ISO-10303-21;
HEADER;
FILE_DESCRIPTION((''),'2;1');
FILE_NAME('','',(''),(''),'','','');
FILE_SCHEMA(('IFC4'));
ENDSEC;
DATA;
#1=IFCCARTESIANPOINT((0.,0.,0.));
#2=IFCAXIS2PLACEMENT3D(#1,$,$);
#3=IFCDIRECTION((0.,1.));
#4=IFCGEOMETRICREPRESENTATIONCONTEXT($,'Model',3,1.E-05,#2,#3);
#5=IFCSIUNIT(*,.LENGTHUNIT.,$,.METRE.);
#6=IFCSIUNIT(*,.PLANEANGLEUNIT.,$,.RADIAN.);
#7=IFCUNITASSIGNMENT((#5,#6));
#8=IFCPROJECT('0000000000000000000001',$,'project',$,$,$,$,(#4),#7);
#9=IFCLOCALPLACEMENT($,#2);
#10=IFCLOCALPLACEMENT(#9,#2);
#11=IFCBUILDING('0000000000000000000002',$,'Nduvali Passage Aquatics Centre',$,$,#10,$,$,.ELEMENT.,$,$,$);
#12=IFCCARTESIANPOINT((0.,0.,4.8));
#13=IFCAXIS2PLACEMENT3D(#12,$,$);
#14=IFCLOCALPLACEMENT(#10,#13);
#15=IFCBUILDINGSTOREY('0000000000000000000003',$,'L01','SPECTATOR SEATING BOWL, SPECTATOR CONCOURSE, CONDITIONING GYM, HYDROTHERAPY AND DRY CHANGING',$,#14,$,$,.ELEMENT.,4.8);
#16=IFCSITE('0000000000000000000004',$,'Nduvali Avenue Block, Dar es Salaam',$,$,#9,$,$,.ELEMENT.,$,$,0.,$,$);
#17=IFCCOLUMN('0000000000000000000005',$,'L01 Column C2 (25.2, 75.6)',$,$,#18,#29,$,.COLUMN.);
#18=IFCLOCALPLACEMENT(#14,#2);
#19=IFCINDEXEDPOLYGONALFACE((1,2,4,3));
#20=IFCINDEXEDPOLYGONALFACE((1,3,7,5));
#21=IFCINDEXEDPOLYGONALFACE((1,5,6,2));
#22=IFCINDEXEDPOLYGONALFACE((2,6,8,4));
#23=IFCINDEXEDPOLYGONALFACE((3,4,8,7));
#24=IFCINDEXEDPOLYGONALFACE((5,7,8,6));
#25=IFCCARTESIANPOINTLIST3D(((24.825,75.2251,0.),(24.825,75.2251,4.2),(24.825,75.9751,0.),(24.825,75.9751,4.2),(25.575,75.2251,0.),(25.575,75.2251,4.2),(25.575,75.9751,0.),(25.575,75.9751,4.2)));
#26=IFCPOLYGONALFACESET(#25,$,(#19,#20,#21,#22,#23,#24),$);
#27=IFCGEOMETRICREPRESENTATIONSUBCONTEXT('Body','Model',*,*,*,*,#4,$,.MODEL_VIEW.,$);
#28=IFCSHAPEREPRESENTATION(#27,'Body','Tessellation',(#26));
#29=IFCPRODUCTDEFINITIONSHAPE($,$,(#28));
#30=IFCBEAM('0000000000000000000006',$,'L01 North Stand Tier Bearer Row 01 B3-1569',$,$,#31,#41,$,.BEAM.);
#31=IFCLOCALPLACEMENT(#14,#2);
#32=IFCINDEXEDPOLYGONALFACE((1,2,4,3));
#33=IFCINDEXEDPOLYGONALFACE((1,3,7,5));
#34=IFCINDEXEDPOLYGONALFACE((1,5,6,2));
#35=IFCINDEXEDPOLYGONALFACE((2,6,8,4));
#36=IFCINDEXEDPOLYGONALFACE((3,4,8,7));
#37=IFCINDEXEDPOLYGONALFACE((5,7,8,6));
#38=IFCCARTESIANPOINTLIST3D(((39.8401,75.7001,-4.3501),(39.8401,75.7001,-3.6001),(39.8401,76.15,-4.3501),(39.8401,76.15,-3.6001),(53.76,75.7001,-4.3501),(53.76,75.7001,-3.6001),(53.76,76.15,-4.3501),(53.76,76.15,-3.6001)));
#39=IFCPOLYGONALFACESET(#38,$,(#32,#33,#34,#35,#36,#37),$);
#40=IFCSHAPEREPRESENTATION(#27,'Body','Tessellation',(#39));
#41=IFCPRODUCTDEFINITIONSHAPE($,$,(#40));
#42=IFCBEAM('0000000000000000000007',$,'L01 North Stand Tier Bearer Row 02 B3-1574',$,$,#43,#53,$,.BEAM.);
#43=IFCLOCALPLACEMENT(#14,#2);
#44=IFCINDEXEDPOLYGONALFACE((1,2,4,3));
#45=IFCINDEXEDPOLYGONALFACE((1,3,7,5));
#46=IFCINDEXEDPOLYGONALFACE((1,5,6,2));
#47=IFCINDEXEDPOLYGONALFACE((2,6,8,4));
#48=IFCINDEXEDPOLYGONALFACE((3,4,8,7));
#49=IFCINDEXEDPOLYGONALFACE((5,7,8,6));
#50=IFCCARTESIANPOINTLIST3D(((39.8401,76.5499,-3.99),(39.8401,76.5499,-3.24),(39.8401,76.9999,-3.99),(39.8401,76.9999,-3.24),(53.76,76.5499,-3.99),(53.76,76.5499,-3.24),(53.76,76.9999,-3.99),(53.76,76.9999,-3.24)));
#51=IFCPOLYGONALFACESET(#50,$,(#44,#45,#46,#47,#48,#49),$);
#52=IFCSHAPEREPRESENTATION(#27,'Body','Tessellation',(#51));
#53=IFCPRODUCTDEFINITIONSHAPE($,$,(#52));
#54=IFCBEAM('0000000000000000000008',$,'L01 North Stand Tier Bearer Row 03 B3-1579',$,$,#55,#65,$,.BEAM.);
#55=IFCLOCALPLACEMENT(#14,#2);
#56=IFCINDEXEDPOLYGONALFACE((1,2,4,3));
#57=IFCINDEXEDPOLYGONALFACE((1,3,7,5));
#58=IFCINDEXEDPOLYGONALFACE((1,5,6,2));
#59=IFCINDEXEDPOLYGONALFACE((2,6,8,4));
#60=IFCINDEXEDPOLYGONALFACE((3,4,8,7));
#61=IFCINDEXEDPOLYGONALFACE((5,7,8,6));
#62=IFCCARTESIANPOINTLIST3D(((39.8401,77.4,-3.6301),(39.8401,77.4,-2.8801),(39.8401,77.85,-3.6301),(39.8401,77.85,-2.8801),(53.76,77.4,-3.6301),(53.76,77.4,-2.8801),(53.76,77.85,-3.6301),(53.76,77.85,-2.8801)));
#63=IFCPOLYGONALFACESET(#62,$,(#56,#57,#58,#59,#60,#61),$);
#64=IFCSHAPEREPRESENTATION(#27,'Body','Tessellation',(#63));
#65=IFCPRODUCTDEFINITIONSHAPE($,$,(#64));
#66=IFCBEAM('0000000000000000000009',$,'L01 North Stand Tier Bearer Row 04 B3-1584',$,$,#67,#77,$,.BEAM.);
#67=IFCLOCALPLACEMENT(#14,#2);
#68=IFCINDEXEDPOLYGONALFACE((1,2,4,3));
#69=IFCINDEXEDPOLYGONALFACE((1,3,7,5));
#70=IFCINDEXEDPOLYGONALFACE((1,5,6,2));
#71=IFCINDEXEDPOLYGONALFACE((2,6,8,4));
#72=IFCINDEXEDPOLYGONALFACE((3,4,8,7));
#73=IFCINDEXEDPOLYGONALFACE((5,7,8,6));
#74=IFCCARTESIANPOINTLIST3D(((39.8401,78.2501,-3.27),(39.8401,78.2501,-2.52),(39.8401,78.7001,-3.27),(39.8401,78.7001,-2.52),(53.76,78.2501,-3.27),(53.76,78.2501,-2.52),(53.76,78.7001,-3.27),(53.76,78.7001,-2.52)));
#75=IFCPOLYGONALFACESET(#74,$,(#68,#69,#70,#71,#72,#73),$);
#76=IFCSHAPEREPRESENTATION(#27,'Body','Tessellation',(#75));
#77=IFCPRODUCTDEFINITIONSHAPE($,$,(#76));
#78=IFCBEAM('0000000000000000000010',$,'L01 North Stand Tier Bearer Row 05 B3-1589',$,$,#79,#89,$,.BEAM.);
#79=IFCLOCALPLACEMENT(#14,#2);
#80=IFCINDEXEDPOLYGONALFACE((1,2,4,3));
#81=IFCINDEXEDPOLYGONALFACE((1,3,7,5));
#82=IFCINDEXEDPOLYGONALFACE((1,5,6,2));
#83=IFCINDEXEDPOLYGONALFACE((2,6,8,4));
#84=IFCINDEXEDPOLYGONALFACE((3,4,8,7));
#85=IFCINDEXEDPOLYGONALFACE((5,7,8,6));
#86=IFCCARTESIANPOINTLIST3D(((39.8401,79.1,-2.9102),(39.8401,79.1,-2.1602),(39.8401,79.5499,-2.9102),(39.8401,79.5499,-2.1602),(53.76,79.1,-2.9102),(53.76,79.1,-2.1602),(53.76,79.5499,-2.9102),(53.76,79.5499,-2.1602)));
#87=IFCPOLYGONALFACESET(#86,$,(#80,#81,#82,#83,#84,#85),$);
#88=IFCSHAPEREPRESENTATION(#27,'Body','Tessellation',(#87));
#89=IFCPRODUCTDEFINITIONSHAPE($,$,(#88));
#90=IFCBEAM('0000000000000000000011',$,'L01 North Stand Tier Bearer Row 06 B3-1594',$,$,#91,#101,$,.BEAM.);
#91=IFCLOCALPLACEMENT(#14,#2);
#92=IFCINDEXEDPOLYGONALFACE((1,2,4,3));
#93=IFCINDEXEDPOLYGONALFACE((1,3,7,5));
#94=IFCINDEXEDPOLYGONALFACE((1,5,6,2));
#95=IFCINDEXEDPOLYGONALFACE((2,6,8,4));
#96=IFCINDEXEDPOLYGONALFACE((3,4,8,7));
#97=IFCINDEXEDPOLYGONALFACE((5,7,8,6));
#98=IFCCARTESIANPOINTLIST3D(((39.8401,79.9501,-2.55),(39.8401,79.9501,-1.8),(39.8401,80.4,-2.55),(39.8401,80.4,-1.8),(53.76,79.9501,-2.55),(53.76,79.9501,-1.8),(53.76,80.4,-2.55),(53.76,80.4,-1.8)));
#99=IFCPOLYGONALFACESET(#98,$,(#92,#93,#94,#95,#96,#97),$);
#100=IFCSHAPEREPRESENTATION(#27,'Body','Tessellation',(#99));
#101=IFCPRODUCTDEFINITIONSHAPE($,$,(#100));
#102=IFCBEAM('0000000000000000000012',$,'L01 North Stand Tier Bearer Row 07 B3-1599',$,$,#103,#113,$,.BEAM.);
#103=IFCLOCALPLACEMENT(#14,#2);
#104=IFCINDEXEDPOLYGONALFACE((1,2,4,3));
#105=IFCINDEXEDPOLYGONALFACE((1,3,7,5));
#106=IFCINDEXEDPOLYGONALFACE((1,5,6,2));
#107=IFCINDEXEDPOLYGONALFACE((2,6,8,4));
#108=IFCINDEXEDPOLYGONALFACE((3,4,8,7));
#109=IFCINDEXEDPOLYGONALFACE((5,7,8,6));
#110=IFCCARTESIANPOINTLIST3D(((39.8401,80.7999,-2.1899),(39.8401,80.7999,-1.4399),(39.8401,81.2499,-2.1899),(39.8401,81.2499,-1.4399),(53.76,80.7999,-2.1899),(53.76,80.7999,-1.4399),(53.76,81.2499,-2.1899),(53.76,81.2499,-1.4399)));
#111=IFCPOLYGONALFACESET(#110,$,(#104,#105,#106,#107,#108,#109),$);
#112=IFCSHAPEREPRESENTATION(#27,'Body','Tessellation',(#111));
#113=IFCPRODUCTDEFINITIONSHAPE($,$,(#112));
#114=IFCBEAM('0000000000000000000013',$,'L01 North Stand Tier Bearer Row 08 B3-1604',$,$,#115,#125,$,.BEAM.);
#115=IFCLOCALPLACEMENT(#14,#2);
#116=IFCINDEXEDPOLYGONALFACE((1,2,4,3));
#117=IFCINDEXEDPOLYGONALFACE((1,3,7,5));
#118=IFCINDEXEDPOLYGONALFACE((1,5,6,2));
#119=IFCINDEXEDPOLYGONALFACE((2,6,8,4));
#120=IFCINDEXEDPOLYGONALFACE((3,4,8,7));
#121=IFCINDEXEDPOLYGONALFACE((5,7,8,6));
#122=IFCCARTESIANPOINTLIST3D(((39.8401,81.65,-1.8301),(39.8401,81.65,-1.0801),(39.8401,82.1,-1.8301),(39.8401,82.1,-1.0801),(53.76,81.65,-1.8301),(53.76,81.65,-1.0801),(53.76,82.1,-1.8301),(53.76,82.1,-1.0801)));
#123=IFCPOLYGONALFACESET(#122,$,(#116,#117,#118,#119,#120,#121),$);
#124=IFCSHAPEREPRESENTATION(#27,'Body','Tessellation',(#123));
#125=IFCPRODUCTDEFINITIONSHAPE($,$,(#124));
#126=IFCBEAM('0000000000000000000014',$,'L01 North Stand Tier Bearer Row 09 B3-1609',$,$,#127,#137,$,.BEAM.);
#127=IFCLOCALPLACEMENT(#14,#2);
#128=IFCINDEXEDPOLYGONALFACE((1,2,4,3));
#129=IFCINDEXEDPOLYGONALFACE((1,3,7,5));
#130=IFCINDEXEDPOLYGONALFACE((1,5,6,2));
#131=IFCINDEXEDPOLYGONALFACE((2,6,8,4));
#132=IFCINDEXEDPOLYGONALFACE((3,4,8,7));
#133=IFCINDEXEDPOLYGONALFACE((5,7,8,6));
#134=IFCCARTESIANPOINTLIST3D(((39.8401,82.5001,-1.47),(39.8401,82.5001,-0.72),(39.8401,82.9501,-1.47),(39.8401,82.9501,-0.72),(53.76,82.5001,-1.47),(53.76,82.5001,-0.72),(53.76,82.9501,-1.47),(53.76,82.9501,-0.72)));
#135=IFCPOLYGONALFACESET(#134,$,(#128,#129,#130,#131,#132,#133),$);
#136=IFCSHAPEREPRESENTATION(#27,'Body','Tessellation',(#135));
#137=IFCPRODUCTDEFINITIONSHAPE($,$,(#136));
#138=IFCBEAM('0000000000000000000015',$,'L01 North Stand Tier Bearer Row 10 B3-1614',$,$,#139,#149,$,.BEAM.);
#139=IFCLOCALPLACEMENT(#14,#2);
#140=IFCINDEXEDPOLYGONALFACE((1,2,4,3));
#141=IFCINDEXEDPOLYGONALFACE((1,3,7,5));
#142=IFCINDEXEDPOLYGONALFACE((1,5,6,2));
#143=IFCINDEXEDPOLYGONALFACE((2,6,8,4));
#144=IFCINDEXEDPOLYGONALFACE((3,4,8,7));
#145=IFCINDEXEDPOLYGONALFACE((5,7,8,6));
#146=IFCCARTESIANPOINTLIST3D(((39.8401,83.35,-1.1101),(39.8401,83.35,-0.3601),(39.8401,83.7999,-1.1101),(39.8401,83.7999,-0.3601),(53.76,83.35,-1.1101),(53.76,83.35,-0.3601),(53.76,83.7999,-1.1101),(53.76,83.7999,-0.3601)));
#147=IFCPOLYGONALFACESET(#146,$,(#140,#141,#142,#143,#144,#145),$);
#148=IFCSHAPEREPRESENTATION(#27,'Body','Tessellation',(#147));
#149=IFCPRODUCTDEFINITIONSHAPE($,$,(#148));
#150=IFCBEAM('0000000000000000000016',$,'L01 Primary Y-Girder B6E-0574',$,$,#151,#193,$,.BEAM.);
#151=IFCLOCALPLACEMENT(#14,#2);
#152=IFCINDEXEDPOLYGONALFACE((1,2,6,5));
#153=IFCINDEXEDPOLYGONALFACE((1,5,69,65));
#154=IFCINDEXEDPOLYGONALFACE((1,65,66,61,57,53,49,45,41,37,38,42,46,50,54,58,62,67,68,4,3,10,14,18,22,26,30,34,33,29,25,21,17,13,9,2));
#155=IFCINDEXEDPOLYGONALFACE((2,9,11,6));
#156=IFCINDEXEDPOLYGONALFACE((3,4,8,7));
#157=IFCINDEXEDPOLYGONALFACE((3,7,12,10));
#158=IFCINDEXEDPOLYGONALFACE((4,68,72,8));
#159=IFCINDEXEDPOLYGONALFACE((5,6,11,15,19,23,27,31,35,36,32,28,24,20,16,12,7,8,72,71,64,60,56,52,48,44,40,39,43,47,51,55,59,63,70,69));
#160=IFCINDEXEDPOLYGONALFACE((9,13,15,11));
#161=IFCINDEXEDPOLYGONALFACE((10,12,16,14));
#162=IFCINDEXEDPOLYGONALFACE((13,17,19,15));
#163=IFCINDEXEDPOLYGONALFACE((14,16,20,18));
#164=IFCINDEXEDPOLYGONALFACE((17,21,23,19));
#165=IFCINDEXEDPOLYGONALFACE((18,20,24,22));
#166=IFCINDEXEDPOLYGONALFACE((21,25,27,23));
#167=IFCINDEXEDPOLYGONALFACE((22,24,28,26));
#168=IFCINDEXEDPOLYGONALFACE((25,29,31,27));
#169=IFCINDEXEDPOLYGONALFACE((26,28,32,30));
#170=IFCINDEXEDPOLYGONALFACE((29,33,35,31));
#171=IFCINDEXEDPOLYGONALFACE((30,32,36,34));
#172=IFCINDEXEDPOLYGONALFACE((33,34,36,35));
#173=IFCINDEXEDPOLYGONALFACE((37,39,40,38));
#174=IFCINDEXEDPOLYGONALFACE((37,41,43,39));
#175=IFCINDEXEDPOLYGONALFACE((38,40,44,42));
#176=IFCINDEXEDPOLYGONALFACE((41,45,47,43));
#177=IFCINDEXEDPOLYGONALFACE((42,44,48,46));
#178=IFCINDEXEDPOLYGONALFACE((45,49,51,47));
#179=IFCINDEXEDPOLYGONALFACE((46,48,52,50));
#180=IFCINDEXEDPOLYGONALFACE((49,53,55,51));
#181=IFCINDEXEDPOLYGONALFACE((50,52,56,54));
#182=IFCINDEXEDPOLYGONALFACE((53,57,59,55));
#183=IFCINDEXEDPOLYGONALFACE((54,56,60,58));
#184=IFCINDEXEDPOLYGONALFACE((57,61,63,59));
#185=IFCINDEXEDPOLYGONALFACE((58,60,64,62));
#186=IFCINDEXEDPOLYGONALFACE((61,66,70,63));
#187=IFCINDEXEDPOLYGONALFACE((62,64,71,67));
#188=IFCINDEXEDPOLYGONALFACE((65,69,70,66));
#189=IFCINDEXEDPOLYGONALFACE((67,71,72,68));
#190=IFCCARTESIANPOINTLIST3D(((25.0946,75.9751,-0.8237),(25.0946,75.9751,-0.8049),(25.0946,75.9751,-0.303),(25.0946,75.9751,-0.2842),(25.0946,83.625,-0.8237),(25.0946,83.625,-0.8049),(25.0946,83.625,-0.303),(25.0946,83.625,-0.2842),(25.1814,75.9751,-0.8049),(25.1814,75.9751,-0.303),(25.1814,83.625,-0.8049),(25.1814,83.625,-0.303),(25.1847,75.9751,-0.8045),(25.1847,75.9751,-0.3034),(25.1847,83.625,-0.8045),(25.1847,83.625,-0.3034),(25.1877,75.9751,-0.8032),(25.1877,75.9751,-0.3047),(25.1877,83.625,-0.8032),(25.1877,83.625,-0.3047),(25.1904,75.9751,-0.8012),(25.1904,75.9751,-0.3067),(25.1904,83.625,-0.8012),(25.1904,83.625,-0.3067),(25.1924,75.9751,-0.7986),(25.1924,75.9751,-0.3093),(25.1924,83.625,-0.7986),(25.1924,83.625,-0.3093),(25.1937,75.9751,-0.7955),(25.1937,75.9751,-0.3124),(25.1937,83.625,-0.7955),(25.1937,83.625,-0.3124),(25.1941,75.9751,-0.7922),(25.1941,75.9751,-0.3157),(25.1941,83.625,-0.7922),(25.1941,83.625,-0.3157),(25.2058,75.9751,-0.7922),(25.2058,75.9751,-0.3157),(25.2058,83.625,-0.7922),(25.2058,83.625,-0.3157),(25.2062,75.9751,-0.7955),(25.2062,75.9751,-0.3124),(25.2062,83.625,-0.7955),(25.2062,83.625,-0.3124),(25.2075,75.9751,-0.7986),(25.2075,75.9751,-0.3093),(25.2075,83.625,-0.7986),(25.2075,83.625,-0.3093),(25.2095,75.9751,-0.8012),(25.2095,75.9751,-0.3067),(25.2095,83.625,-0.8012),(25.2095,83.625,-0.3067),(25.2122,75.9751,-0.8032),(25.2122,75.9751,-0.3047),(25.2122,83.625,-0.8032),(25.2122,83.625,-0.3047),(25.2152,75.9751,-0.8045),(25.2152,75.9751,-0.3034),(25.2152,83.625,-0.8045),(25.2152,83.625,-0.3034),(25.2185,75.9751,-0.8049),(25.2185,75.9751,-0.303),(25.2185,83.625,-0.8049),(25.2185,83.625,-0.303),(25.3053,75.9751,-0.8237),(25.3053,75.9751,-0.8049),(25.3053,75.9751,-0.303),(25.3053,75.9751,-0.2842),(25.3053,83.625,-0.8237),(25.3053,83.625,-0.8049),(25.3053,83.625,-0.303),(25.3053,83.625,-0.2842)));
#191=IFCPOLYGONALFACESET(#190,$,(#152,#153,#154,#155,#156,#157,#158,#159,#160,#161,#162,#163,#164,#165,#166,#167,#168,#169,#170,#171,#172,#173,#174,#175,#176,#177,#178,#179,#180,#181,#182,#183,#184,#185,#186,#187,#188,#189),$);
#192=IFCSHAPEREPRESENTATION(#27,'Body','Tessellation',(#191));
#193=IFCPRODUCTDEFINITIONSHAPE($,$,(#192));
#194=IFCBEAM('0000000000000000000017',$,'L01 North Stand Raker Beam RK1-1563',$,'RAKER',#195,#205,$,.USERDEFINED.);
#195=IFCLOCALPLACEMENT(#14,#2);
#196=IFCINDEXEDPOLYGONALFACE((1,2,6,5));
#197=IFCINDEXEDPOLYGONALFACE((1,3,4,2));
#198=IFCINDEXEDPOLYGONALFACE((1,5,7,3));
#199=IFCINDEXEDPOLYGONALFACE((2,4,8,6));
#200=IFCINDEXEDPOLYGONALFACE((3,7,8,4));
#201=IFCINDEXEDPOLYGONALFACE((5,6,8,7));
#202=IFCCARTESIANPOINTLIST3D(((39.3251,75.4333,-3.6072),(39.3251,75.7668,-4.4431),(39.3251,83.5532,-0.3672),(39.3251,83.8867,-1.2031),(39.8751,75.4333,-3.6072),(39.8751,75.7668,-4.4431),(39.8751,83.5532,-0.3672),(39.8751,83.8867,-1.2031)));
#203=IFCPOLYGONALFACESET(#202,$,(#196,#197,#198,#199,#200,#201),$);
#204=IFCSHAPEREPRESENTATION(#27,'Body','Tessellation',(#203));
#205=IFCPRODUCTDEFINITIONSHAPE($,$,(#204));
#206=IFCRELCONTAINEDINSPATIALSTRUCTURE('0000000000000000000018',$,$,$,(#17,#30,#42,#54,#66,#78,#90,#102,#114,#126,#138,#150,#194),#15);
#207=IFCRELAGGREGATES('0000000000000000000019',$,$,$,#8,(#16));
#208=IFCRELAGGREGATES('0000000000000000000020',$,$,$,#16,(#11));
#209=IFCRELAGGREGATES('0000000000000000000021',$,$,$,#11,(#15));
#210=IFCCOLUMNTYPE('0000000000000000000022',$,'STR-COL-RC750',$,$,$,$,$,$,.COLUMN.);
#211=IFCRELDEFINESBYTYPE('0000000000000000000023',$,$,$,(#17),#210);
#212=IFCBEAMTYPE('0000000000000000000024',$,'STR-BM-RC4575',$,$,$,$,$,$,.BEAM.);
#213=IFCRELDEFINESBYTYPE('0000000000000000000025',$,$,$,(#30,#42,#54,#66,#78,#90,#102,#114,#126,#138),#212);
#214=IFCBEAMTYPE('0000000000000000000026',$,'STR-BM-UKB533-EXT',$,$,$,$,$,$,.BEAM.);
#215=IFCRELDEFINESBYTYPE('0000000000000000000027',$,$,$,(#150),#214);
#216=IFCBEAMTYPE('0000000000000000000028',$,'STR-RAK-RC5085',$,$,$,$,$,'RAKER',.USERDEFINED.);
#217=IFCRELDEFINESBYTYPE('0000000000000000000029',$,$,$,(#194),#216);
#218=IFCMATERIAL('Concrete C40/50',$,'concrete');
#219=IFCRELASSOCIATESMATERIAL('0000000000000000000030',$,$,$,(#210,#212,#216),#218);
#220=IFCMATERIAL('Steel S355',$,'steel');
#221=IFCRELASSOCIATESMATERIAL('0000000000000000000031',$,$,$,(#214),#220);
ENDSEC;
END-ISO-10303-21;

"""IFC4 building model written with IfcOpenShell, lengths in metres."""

from ifc_helpers import new_model, si_unit, direction, frame, origin, origin_2d, place, context, subcontext, project, spatial, rectangle, i_section, extrude, material, material_profile, profile_set, type_object, element, save


model = new_model("IFC4")

# Units and contexts
model_context = context("Model", 3, precision=1e-05, world=origin(), true_north=direction((0.0, 1.0)))
body_context = subcontext(model_context, "Body", "Model", "MODEL_VIEW")
ifc_project = project(units=[si_unit("LENGTHUNIT", "METRE"), si_unit("PLANEANGLEUNIT", "RADIAN")], contexts=[model_context])

# Site, building, storey
site_placement = place(None, origin())
site = spatial("IfcSite", under=ifc_project, at=site_placement, Name="Nduvali Avenue Block, Dar es Salaam", CompositionType="ELEMENT", RefElevation=0.0)
building_placement = place(site_placement, origin())
building = spatial("IfcBuilding", under=site, at=building_placement, Name="Nduvali Passage Aquatics Centre", CompositionType="ELEMENT")
storey_placement = place(building_placement, frame((0.0, 0.0, 4.8)))
storey = spatial("IfcBuildingStorey", under=building, at=storey_placement, Name="L01", Description="SPECTATOR SEATING BOWL, SPECTATOR CONCOURSE, CONDITIONING GYM, HYDROTHERAPY AND DRY CHANGING", CompositionType="ELEMENT", Elevation=4.8)

# Column
ifc_material_1 = material(Name="Concrete C40/50", Category="concrete")
ifc_material_profile_1 = material_profile(ifc_material_1, rectangle(XDim=0.75, YDim=0.75, at=origin_2d()), Name="RC 750x750")
ifc_profile_set_1 = profile_set([ifc_material_profile_1], Name="Concrete C40/50")
column_type = type_object("IfcColumnType", Name="STR-COL-RC750", PredefinedType="COLUMN", material=ifc_profile_set_1)
column_placement = place(storey_placement, frame((25.2, 75.6001, 0.0), z_axis=(0.0, 0.0, 1.0), x_axis=(1.0, 0.0, 0.0)))
element("IfcColumn", 1, at=column_placement, inside=storey, type_object=column_type, Name="L01 Column C2 (25.2, 75.6)", PredefinedType="COLUMN", context=body_context, shape_type="SweptSolid", body=[
    extrude(rectangle(XDim=0.75, YDim=0.75, at=origin_2d()), origin(), (0.0, 0.0, 1.0), 4.2),
])

# Beams
ifc_material_profile_2 = material_profile(ifc_material_1, rectangle(XDim=0.45, YDim=0.75, at=origin_2d()), Name="RC 450x750")
ifc_profile_set_2 = profile_set([ifc_material_profile_2], Name="Concrete C40/50")
beam_type_1 = type_object("IfcBeamType", Name="STR-BM-RC4575", PredefinedType="BEAM", material=ifc_profile_set_2)
for number, where, z_axis, x_axis, name in (
    (2, (39.8401, 75.925, -3.9751), (1.0, 0.0, 0.0), (0.0, 1.0, 0.0), "L01 North Stand Tier Bearer Row 01 B3-1569"),
    (3, (39.8401, 76.7749, -3.615), (1.0, 0.0, 0.0), (0.0, 1.0, 0.0), "L01 North Stand Tier Bearer Row 02 B3-1574"),
    (4, (39.8401, 77.625, -3.2551), (1.0, 0.0, 0.0), (0.0, 1.0, 0.0), "L01 North Stand Tier Bearer Row 03 B3-1579"),
    (5, (39.8401, 78.4751, -2.895), (1.0, 0.0, 0.0), (0.0, 1.0, 0.0), "L01 North Stand Tier Bearer Row 04 B3-1584"),
    (6, (39.8401, 79.325, -2.5352), (1.0, 0.0, 0.0), (0.0, 1.0, 0.0), "L01 North Stand Tier Bearer Row 05 B3-1589"),
    (7, (39.8401, 80.175, -2.175), (1.0, 0.0, 0.0), (0.0, 1.0, 0.0), "L01 North Stand Tier Bearer Row 06 B3-1594"),
    (8, (39.8401, 81.0249, -1.8149), (1.0, 0.0, 0.0), (0.0, 1.0, 0.0), "L01 North Stand Tier Bearer Row 07 B3-1599"),
    (9, (39.8401, 81.875, -1.4551), (1.0, 0.0, 0.0), (0.0, 1.0, 0.0), "L01 North Stand Tier Bearer Row 08 B3-1604"),
    (10, (39.8401, 82.7251, -1.095), (1.0, 0.0, 0.0), (0.0, 1.0, 0.0), "L01 North Stand Tier Bearer Row 09 B3-1609"),
    (11, (39.8401, 83.575, -0.7351), (1.0, 0.0, 0.0), (0.0, 1.0, 0.0), "L01 North Stand Tier Bearer Row 10 B3-1614"),
):
    element("IfcBeam", number, at=place(storey_placement, frame(where, z_axis=z_axis, x_axis=x_axis)), inside=storey, type_object=beam_type_1, Name=name, PredefinedType="BEAM", context=body_context, shape_type="SweptSolid", body=[
        extrude(rectangle(XDim=0.45, YDim=0.75, at=origin_2d()), origin(), (0.0, 0.0, 1.0), 13.9199),
    ])
ifc_material_2 = material(Name="Steel S355", Category="steel")
ifc_material_profile_3 = material_profile(ifc_material_2, i_section(OverallWidth=0.2107, OverallDepth=0.5396, WebThickness=0.0117, FlangeThickness=0.0188, FilletRadius=0.0127, at=origin_2d()), Name="UKB 533x210x109")
ifc_profile_set_3 = profile_set([ifc_material_profile_3], Name="Steel S355")
beam_type_2 = type_object("IfcBeamType", Name="STR-BM-UKB533-EXT", PredefinedType="BEAM", material=ifc_profile_set_3)
beam_1_placement = place(storey_placement, frame((25.2, 75.9751, -0.554), z_axis=(0.0, 1.0, 0.0), x_axis=(-1.0, 0.0, 0.0)))
element("IfcBeam", 12, at=beam_1_placement, inside=storey, type_object=beam_type_2, Name="L01 Primary Y-Girder B6E-0574", PredefinedType="BEAM", context=body_context, shape_type="SweptSolid", body=[
    extrude(i_section(OverallWidth=0.2107, OverallDepth=0.5396, WebThickness=0.0117, FlangeThickness=0.0188, FilletRadius=0.0127, at=origin_2d()), origin(), (0.0, 0.0, 1.0), 7.6499),
])
ifc_material_profile_4 = material_profile(ifc_material_1, rectangle(XDim=0.55, YDim=0.8999, at=origin_2d()), Name="RC 550x900")
ifc_profile_set_4 = profile_set([ifc_material_profile_4], Name="Concrete C40/50")
beam_type_3 = type_object("IfcBeamType", Name="STR-RAK-RC5085", ElementType="RAKER", PredefinedType="USERDEFINED", material=ifc_profile_set_4)
beam_2_placement = place(storey_placement, frame((39.6001, 83.72, -0.7852), z_axis=(0.0, -0.92879, -0.370606), x_axis=(1.0, 0.0, 0.0)))
element("IfcBeam", 13, at=beam_2_placement, inside=storey, type_object=beam_type_3, Name="L01 North Stand Raker Beam RK1-1563", ObjectType="RAKER", PredefinedType="USERDEFINED", context=body_context, shape_type="SweptSolid", body=[
    extrude(rectangle(XDim=0.55, YDim=0.8999, at=origin_2d()), origin(), (0.0, 0.0, 1.0), 8.7424),
])

save(model, "model.ifc")
